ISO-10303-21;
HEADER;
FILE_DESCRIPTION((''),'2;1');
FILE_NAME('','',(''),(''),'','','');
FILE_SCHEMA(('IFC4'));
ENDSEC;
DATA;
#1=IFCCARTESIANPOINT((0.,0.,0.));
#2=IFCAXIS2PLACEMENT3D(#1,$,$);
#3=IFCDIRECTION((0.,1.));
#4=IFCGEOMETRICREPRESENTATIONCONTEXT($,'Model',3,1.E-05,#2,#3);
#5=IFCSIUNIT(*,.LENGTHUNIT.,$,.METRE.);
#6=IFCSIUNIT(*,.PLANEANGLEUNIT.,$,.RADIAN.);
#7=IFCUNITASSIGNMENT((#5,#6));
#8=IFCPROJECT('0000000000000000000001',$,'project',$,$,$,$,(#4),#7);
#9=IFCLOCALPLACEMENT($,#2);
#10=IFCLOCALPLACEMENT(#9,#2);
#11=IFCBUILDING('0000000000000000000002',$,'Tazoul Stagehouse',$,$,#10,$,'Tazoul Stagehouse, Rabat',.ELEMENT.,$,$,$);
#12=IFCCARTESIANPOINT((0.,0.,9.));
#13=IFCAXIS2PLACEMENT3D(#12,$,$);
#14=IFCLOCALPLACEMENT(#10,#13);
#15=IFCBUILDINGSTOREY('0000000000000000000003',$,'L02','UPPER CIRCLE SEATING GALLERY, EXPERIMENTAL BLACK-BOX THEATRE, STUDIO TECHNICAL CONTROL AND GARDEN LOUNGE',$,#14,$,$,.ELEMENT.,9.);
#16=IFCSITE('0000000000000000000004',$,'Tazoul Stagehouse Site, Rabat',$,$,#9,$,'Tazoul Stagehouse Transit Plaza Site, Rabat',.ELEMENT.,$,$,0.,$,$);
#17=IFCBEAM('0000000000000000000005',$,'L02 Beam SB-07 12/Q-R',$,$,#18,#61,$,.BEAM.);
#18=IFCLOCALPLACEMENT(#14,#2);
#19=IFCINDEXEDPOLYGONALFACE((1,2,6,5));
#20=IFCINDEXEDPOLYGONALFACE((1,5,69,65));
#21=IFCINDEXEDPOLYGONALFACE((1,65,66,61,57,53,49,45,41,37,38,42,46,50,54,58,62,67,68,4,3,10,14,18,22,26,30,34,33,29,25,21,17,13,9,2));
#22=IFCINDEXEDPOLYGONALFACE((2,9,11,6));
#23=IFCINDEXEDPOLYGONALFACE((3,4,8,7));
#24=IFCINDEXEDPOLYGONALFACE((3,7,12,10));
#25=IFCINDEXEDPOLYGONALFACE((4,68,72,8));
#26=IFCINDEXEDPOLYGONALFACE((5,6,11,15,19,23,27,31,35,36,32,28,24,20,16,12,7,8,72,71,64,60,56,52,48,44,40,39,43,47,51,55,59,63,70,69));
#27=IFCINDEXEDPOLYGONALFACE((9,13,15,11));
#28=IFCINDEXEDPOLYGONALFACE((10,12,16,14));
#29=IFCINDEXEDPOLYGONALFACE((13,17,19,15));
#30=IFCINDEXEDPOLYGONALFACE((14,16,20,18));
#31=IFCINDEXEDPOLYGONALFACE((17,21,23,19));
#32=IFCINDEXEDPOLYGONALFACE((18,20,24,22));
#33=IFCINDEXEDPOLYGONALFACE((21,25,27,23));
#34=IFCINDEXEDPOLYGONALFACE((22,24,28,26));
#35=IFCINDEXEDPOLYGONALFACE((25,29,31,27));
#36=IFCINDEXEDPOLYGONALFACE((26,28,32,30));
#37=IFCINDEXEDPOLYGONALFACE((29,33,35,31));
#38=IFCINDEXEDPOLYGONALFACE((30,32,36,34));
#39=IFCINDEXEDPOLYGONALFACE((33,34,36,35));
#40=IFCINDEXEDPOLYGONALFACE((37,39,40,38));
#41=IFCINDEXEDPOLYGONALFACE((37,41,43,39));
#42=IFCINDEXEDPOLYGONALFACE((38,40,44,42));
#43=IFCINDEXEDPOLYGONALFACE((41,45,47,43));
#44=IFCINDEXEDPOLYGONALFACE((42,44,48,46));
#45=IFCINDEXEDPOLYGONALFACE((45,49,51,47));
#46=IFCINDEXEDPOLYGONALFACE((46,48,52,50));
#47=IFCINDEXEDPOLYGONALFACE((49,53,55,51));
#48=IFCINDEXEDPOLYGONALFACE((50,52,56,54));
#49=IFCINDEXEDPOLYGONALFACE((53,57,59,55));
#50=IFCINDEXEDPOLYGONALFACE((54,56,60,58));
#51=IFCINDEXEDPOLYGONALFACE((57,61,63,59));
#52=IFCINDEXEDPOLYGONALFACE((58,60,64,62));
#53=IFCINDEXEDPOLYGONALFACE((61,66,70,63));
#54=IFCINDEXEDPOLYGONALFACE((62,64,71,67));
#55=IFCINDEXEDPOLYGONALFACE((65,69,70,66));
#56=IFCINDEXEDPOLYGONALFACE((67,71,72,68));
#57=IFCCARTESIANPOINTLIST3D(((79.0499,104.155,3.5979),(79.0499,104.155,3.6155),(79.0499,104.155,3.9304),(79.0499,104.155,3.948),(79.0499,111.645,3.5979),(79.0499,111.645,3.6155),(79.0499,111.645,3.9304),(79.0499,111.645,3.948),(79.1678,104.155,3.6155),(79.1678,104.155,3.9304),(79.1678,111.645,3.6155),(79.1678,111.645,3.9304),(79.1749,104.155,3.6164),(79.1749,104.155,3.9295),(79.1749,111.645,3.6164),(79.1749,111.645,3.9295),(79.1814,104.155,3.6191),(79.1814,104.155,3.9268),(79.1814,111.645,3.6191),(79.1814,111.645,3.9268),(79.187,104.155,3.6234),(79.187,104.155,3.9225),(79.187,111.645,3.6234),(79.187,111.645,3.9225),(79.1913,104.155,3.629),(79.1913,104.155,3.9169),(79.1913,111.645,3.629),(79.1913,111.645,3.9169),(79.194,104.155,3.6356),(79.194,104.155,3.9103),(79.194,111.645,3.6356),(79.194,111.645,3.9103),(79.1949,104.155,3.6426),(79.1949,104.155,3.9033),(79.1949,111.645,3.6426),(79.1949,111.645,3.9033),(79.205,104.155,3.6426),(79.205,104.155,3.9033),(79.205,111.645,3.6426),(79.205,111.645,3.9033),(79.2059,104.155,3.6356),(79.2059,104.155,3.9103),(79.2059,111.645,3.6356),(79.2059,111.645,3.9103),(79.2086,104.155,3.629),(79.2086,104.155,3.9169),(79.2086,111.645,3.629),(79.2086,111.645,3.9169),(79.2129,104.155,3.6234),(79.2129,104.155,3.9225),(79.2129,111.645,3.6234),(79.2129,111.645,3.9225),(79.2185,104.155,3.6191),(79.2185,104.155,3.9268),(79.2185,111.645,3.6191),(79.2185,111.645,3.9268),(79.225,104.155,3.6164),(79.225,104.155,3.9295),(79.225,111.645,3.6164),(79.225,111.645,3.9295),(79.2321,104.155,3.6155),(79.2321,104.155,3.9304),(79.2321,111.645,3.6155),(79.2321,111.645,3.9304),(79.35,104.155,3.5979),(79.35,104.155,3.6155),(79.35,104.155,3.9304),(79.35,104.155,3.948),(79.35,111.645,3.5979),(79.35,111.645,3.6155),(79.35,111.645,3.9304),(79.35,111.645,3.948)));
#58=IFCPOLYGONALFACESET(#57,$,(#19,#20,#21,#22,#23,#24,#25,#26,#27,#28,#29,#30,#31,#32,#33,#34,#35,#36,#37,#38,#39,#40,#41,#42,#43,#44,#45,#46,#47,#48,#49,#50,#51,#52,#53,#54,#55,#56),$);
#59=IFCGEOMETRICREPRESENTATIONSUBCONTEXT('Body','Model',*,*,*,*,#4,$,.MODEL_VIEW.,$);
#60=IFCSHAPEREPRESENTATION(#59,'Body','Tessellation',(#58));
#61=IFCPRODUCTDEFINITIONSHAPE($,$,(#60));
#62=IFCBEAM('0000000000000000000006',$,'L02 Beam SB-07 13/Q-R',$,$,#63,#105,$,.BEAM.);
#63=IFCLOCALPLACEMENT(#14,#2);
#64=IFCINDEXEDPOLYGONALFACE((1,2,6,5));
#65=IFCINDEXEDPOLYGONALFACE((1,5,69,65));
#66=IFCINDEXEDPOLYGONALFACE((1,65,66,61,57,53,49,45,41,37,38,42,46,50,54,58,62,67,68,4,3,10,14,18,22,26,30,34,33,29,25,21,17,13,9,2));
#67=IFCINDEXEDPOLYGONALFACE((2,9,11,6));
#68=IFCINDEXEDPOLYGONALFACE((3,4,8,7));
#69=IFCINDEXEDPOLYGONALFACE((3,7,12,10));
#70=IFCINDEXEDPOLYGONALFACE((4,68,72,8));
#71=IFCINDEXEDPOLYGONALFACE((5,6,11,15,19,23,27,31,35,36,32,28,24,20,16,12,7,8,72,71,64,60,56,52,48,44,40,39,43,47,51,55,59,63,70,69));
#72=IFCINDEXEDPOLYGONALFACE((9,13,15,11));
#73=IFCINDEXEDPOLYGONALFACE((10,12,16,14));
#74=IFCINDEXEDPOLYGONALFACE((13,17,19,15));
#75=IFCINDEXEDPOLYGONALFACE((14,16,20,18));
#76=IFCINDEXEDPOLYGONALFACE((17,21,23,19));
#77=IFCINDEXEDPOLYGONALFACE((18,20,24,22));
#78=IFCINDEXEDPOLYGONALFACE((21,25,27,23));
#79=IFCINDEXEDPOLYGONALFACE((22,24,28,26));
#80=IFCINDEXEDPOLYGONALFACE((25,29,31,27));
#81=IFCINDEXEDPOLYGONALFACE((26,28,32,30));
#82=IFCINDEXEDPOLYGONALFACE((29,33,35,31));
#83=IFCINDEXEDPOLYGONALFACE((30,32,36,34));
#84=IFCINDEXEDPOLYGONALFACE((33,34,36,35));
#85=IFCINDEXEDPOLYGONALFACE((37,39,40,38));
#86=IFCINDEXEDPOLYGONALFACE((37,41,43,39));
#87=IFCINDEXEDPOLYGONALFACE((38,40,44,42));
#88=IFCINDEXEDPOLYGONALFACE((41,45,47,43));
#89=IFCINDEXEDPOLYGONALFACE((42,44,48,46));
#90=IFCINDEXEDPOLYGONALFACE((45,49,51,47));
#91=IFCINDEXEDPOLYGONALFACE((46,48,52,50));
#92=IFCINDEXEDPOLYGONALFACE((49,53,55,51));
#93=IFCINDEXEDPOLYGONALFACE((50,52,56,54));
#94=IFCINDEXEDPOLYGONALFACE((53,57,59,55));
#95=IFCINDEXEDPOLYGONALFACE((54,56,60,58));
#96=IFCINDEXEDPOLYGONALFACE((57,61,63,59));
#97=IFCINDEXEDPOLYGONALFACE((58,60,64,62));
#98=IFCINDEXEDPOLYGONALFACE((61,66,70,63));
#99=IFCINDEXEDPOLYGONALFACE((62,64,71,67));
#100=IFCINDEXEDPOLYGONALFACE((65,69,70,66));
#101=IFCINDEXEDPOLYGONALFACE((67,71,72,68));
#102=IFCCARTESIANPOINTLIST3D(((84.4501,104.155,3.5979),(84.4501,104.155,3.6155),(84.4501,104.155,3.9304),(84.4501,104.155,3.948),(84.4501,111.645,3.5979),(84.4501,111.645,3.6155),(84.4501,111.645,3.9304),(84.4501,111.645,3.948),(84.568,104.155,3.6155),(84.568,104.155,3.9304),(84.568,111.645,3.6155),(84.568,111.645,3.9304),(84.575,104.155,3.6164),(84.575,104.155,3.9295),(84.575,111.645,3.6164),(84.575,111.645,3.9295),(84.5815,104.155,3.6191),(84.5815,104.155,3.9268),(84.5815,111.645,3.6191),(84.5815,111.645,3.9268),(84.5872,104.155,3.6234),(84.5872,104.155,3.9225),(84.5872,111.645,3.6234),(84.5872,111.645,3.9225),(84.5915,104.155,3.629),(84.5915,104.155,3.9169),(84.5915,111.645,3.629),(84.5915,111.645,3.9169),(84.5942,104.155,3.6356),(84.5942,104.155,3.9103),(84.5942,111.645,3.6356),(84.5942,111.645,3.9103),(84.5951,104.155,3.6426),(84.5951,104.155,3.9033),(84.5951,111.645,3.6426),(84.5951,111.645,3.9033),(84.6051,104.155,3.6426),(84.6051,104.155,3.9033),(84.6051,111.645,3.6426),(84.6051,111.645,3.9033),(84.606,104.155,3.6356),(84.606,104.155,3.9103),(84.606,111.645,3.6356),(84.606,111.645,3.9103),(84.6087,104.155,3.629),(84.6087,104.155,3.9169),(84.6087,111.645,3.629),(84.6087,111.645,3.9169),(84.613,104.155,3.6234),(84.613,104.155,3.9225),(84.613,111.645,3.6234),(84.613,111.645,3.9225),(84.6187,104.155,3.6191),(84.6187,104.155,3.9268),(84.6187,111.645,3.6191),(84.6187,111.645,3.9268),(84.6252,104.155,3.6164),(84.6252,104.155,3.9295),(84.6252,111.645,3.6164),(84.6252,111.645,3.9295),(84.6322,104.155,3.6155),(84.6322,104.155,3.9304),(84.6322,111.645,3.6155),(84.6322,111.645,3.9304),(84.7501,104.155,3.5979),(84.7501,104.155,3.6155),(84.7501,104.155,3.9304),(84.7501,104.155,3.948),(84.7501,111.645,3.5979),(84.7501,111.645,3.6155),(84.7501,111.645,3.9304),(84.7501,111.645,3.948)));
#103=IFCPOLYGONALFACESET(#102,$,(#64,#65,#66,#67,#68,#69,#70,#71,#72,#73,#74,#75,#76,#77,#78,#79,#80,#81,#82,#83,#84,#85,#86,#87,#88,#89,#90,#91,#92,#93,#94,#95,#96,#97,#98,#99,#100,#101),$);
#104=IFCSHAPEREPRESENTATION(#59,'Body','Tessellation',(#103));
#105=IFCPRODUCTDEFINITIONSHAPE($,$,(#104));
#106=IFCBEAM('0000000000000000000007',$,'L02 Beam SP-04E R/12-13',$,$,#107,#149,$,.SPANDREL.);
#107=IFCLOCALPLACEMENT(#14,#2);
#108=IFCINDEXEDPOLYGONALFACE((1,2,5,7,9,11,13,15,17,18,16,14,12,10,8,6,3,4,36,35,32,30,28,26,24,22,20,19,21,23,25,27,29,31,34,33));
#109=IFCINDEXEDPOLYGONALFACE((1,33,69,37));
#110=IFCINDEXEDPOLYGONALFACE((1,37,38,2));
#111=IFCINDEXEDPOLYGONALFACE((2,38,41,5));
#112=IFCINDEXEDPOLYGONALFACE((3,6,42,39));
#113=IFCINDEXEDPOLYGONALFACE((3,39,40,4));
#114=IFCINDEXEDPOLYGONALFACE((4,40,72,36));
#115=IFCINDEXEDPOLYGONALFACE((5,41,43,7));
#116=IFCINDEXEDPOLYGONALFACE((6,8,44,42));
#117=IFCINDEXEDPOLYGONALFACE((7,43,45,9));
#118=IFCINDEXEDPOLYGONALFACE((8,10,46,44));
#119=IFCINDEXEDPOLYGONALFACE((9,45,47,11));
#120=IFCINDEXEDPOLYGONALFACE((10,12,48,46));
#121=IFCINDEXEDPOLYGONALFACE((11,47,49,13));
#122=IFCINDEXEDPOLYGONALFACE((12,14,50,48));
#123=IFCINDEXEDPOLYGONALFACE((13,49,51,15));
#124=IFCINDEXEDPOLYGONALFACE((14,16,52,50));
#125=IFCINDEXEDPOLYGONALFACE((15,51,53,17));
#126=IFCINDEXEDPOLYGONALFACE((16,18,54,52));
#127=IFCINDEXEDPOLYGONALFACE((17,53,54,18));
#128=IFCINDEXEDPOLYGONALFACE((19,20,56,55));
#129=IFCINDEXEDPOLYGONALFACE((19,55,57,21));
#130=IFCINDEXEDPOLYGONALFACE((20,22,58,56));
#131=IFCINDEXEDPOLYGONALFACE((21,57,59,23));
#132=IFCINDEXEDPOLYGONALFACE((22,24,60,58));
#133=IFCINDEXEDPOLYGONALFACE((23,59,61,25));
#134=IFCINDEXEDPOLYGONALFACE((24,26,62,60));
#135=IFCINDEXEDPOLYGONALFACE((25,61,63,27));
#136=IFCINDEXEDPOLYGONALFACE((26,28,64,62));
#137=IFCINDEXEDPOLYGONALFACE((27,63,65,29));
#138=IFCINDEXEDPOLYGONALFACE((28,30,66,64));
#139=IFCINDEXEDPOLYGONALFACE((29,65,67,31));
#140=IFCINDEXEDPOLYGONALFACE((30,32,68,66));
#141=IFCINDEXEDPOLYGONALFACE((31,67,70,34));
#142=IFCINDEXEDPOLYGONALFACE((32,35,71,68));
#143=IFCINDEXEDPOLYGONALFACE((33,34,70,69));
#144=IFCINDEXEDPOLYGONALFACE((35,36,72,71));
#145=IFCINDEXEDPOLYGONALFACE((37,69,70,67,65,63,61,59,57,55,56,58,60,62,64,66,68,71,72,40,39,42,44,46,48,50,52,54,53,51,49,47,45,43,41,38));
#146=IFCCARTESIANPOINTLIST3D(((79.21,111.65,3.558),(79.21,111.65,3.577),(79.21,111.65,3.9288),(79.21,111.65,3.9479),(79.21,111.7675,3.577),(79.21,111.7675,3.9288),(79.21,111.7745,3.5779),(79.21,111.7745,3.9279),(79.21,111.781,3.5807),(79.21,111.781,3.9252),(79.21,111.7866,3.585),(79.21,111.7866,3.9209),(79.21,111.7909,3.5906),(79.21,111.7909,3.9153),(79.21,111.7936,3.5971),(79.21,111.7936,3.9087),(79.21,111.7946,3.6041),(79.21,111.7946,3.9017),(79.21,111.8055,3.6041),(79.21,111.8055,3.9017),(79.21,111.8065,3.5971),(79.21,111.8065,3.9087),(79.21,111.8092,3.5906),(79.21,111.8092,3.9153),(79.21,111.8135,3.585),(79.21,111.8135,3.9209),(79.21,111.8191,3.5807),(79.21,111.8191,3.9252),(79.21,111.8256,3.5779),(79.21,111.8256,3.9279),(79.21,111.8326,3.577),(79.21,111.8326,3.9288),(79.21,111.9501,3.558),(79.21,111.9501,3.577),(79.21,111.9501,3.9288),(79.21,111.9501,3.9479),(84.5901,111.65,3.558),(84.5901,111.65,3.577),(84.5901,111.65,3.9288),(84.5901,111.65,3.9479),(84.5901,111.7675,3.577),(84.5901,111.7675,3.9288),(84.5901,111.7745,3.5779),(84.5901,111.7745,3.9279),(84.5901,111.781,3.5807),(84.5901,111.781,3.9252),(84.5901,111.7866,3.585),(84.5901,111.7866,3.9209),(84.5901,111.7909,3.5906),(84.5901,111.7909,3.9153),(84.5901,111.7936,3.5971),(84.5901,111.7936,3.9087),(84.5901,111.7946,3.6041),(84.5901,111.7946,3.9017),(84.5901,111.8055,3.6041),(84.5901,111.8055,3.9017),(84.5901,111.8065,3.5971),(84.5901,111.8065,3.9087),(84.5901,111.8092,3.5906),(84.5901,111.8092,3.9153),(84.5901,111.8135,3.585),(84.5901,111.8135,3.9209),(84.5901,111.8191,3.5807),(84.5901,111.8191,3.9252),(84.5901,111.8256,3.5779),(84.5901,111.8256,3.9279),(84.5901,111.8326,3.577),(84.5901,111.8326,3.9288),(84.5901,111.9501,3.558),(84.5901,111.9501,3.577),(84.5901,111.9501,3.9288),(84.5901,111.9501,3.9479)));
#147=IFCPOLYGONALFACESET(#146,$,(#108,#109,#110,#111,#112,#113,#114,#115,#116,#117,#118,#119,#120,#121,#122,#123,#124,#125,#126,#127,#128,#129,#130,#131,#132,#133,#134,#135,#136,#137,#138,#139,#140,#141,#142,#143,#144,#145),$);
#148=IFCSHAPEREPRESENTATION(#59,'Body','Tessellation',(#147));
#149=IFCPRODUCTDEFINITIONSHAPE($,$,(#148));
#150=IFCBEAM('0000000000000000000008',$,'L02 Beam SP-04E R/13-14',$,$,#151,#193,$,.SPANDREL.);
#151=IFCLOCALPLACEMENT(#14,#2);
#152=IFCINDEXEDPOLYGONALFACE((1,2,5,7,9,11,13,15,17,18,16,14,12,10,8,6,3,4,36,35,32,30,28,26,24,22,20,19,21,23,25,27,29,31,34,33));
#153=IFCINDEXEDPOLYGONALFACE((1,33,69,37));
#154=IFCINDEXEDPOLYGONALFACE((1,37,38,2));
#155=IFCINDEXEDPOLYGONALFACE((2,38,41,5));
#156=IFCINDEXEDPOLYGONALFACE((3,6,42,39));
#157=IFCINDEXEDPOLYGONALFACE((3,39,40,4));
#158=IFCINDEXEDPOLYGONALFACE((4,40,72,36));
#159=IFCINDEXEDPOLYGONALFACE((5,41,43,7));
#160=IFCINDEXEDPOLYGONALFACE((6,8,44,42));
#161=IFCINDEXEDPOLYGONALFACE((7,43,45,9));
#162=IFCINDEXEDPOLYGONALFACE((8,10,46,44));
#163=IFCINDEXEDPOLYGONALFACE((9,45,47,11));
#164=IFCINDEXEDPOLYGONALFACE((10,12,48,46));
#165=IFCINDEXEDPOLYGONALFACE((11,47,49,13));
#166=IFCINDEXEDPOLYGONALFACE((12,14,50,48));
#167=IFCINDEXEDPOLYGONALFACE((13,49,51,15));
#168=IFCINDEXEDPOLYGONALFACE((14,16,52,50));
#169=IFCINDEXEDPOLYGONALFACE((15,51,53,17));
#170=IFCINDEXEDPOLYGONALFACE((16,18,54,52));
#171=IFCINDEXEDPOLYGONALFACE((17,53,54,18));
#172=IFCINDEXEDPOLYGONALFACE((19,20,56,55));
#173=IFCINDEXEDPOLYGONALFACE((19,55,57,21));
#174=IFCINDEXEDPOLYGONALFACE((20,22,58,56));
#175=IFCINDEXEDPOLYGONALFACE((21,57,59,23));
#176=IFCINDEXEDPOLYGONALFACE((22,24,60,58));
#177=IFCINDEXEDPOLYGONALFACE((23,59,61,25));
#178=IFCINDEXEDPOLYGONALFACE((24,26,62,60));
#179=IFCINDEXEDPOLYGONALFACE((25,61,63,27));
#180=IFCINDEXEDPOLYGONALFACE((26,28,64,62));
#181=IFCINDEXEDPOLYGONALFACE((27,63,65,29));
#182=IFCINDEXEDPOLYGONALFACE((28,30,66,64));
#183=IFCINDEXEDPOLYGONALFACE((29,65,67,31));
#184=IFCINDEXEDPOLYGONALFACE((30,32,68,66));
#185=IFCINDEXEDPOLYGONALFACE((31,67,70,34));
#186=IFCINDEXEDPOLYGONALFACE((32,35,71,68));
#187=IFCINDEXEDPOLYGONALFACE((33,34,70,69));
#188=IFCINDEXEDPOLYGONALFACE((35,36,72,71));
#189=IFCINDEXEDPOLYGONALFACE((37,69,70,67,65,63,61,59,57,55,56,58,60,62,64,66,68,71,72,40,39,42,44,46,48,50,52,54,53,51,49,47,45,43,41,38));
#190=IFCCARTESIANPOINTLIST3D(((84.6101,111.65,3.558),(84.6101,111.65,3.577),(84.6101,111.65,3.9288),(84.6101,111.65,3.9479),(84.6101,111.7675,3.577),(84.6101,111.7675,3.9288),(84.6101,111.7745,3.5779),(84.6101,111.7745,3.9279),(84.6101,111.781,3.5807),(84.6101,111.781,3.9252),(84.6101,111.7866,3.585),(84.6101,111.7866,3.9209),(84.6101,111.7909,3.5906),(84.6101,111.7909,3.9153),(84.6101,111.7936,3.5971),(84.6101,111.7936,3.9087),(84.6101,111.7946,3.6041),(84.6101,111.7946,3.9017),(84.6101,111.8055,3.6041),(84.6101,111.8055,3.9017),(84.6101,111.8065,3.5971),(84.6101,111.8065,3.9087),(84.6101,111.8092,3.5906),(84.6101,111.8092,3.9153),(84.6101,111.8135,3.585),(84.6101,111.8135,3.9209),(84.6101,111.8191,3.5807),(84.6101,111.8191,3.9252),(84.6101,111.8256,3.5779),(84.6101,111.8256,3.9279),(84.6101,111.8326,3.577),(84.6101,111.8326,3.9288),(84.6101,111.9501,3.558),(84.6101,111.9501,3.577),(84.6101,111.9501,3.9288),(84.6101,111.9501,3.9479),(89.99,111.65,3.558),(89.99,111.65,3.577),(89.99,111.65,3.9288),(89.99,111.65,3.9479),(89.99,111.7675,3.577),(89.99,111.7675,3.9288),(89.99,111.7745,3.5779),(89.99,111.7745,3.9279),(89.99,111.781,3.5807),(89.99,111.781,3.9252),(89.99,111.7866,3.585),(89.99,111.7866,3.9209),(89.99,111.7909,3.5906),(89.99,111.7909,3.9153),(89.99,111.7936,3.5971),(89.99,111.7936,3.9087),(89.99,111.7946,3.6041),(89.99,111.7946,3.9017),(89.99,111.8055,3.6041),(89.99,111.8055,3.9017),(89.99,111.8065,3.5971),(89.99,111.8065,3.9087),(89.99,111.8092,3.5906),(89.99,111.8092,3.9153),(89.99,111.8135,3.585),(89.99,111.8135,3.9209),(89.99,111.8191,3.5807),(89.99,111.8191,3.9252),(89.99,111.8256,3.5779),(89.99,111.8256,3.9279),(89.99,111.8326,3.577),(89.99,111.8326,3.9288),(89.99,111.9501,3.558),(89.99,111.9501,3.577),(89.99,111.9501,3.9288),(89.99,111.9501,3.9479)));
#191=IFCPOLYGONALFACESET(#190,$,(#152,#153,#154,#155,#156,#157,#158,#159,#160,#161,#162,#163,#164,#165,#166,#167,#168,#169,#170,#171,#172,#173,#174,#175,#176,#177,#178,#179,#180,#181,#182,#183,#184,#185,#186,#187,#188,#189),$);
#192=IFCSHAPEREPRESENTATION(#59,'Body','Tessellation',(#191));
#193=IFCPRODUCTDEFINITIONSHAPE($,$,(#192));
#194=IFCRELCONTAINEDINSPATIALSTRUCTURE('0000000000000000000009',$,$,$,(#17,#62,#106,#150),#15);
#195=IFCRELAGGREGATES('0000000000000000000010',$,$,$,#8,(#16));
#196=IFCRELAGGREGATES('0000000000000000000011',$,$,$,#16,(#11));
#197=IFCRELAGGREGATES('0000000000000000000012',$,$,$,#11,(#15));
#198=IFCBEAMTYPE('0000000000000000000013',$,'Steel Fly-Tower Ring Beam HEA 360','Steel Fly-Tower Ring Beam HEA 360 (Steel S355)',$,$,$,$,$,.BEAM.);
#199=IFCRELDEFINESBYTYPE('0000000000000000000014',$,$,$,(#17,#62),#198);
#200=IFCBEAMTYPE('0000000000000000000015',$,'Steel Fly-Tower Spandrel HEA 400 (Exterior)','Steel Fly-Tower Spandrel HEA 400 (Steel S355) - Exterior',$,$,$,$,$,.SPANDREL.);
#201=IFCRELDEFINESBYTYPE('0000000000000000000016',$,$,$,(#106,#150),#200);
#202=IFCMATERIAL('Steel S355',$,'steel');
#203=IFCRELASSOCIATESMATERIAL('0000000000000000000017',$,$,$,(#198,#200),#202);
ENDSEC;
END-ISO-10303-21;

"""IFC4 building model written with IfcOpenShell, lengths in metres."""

from ifc_helpers import new_model, si_unit, direction, frame, origin, origin_2d, place, context, subcontext, project, spatial, i_section, extrude, material, material_profile, profile_set, type_object, element, save


model = new_model("IFC4")

# Units and contexts
model_context = context("Model", 3, precision=1e-05, world=origin(), true_north=direction((0.0, 1.0)))
body_context = subcontext(model_context, "Body", "Model", "MODEL_VIEW")
ifc_project = project(units=[si_unit("LENGTHUNIT", "METRE"), si_unit("PLANEANGLEUNIT", "RADIAN")], contexts=[model_context])

# Site, building, storey
site_placement = place(None, origin())
site = spatial("IfcSite", under=ifc_project, at=site_placement, Name="Tazoul Stagehouse Site, Rabat", LongName="Tazoul Stagehouse Transit Plaza Site, Rabat", CompositionType="ELEMENT", RefElevation=0.0)
building_placement = place(site_placement, origin())
building = spatial("IfcBuilding", under=site, at=building_placement, Name="Tazoul Stagehouse", LongName="Tazoul Stagehouse, Rabat", CompositionType="ELEMENT")
storey_placement = place(building_placement, frame((0.0, 0.0, 9.0)))
storey = spatial("IfcBuildingStorey", under=building, at=storey_placement, Name="L02", Description="UPPER CIRCLE SEATING GALLERY, EXPERIMENTAL BLACK-BOX THEATRE, STUDIO TECHNICAL CONTROL AND GARDEN LOUNGE", CompositionType="ELEMENT", Elevation=9.0)

# Shared definitions
ifc_material_1 = material(Name="Steel S355", Category="steel")

# Beams
ifc_material_profile_1 = material_profile(ifc_material_1, i_section(OverallWidth=0.3, OverallDepth=0.3501, WebThickness=0.01, FlangeThickness=0.0176, FilletRadius=0.0271, at=origin_2d()), Name="HEA 360")
ifc_profile_set_1 = profile_set([ifc_material_profile_1], Name="Steel S355")
beam_type_1 = type_object("IfcBeamType", Name="Steel Fly-Tower Ring Beam HEA 360", Description="Steel Fly-Tower Ring Beam HEA 360 (Steel S355)", PredefinedType="BEAM", material=ifc_profile_set_1)
for number, where, z_axis, x_axis, name in (
    (1, (79.2, 104.155, 3.7729), (0.0, 1.0, 0.0), (-1.0, 0.0, 0.0), "L02 Beam SB-07 12/Q-R"),
    (2, (84.6001, 104.155, 3.7729), (0.0, 1.0, 0.0), (-1.0, 0.0, 0.0), "L02 Beam SB-07 13/Q-R"),
):
    element("IfcBeam", number, at=place(storey_placement, frame(where, z_axis=z_axis, x_axis=x_axis)), inside=storey, type_object=beam_type_1, Name=name, PredefinedType="BEAM", context=body_context, shape_type="SweptSolid", body=[
        extrude(i_section(OverallWidth=0.3, OverallDepth=0.3501, WebThickness=0.01, FlangeThickness=0.0176, FilletRadius=0.0271, at=origin_2d()), origin(), (0.0, 0.0, 1.0), 7.49),
    ])
ifc_material_profile_2 = material_profile(ifc_material_1, i_section(OverallWidth=0.3, OverallDepth=0.3899, WebThickness=0.011, FlangeThickness=0.019, FilletRadius=0.0271, at=origin_2d()), Name="HEA 400")
ifc_profile_set_2 = profile_set([ifc_material_profile_2], Name="Steel S355")
beam_type_2 = type_object("IfcBeamType", Name="Steel Fly-Tower Spandrel HEA 400 (Exterior)", Description="Steel Fly-Tower Spandrel HEA 400 (Steel S355) - Exterior", PredefinedType="SPANDREL", material=ifc_profile_set_2)
beam_placement = place(storey_placement, frame((79.21, 111.8, 3.7529), z_axis=(1.0, 0.0, 0.0), x_axis=(0.0, 1.0, 0.0)))
element("IfcBeam", 3, at=beam_placement, inside=storey, type_object=beam_type_2, Name="L02 Beam SP-04E R/12-13", PredefinedType="SPANDREL", context=body_context, shape_type="SweptSolid", body=[
    extrude(i_section(OverallWidth=0.3, OverallDepth=0.3899, WebThickness=0.011, FlangeThickness=0.019, FilletRadius=0.0271, at=origin_2d()), origin(), (0.0, 0.0, 1.0), 5.3801),
])
for number, where, z_axis, x_axis, name in (
    (4, (84.6101, 111.8, 3.7529), (1.0, 0.0, 0.0), (0.0, 1.0, 0.0), "L02 Beam SP-04E R/13-14"),
):
    element("IfcBeam", number, at=place(storey_placement, frame(where, z_axis=z_axis, x_axis=x_axis)), inside=storey, type_object=beam_type_2, Name=name, PredefinedType="SPANDREL", context=body_context, shape_type="SweptSolid", body=[
        extrude(i_section(OverallWidth=0.3, OverallDepth=0.3899, WebThickness=0.011, FlangeThickness=0.019, FilletRadius=0.0271, at=origin_2d()), origin(), (0.0, 0.0, 1.0), 5.3799),
    ])

save(model, "model.ifc")
